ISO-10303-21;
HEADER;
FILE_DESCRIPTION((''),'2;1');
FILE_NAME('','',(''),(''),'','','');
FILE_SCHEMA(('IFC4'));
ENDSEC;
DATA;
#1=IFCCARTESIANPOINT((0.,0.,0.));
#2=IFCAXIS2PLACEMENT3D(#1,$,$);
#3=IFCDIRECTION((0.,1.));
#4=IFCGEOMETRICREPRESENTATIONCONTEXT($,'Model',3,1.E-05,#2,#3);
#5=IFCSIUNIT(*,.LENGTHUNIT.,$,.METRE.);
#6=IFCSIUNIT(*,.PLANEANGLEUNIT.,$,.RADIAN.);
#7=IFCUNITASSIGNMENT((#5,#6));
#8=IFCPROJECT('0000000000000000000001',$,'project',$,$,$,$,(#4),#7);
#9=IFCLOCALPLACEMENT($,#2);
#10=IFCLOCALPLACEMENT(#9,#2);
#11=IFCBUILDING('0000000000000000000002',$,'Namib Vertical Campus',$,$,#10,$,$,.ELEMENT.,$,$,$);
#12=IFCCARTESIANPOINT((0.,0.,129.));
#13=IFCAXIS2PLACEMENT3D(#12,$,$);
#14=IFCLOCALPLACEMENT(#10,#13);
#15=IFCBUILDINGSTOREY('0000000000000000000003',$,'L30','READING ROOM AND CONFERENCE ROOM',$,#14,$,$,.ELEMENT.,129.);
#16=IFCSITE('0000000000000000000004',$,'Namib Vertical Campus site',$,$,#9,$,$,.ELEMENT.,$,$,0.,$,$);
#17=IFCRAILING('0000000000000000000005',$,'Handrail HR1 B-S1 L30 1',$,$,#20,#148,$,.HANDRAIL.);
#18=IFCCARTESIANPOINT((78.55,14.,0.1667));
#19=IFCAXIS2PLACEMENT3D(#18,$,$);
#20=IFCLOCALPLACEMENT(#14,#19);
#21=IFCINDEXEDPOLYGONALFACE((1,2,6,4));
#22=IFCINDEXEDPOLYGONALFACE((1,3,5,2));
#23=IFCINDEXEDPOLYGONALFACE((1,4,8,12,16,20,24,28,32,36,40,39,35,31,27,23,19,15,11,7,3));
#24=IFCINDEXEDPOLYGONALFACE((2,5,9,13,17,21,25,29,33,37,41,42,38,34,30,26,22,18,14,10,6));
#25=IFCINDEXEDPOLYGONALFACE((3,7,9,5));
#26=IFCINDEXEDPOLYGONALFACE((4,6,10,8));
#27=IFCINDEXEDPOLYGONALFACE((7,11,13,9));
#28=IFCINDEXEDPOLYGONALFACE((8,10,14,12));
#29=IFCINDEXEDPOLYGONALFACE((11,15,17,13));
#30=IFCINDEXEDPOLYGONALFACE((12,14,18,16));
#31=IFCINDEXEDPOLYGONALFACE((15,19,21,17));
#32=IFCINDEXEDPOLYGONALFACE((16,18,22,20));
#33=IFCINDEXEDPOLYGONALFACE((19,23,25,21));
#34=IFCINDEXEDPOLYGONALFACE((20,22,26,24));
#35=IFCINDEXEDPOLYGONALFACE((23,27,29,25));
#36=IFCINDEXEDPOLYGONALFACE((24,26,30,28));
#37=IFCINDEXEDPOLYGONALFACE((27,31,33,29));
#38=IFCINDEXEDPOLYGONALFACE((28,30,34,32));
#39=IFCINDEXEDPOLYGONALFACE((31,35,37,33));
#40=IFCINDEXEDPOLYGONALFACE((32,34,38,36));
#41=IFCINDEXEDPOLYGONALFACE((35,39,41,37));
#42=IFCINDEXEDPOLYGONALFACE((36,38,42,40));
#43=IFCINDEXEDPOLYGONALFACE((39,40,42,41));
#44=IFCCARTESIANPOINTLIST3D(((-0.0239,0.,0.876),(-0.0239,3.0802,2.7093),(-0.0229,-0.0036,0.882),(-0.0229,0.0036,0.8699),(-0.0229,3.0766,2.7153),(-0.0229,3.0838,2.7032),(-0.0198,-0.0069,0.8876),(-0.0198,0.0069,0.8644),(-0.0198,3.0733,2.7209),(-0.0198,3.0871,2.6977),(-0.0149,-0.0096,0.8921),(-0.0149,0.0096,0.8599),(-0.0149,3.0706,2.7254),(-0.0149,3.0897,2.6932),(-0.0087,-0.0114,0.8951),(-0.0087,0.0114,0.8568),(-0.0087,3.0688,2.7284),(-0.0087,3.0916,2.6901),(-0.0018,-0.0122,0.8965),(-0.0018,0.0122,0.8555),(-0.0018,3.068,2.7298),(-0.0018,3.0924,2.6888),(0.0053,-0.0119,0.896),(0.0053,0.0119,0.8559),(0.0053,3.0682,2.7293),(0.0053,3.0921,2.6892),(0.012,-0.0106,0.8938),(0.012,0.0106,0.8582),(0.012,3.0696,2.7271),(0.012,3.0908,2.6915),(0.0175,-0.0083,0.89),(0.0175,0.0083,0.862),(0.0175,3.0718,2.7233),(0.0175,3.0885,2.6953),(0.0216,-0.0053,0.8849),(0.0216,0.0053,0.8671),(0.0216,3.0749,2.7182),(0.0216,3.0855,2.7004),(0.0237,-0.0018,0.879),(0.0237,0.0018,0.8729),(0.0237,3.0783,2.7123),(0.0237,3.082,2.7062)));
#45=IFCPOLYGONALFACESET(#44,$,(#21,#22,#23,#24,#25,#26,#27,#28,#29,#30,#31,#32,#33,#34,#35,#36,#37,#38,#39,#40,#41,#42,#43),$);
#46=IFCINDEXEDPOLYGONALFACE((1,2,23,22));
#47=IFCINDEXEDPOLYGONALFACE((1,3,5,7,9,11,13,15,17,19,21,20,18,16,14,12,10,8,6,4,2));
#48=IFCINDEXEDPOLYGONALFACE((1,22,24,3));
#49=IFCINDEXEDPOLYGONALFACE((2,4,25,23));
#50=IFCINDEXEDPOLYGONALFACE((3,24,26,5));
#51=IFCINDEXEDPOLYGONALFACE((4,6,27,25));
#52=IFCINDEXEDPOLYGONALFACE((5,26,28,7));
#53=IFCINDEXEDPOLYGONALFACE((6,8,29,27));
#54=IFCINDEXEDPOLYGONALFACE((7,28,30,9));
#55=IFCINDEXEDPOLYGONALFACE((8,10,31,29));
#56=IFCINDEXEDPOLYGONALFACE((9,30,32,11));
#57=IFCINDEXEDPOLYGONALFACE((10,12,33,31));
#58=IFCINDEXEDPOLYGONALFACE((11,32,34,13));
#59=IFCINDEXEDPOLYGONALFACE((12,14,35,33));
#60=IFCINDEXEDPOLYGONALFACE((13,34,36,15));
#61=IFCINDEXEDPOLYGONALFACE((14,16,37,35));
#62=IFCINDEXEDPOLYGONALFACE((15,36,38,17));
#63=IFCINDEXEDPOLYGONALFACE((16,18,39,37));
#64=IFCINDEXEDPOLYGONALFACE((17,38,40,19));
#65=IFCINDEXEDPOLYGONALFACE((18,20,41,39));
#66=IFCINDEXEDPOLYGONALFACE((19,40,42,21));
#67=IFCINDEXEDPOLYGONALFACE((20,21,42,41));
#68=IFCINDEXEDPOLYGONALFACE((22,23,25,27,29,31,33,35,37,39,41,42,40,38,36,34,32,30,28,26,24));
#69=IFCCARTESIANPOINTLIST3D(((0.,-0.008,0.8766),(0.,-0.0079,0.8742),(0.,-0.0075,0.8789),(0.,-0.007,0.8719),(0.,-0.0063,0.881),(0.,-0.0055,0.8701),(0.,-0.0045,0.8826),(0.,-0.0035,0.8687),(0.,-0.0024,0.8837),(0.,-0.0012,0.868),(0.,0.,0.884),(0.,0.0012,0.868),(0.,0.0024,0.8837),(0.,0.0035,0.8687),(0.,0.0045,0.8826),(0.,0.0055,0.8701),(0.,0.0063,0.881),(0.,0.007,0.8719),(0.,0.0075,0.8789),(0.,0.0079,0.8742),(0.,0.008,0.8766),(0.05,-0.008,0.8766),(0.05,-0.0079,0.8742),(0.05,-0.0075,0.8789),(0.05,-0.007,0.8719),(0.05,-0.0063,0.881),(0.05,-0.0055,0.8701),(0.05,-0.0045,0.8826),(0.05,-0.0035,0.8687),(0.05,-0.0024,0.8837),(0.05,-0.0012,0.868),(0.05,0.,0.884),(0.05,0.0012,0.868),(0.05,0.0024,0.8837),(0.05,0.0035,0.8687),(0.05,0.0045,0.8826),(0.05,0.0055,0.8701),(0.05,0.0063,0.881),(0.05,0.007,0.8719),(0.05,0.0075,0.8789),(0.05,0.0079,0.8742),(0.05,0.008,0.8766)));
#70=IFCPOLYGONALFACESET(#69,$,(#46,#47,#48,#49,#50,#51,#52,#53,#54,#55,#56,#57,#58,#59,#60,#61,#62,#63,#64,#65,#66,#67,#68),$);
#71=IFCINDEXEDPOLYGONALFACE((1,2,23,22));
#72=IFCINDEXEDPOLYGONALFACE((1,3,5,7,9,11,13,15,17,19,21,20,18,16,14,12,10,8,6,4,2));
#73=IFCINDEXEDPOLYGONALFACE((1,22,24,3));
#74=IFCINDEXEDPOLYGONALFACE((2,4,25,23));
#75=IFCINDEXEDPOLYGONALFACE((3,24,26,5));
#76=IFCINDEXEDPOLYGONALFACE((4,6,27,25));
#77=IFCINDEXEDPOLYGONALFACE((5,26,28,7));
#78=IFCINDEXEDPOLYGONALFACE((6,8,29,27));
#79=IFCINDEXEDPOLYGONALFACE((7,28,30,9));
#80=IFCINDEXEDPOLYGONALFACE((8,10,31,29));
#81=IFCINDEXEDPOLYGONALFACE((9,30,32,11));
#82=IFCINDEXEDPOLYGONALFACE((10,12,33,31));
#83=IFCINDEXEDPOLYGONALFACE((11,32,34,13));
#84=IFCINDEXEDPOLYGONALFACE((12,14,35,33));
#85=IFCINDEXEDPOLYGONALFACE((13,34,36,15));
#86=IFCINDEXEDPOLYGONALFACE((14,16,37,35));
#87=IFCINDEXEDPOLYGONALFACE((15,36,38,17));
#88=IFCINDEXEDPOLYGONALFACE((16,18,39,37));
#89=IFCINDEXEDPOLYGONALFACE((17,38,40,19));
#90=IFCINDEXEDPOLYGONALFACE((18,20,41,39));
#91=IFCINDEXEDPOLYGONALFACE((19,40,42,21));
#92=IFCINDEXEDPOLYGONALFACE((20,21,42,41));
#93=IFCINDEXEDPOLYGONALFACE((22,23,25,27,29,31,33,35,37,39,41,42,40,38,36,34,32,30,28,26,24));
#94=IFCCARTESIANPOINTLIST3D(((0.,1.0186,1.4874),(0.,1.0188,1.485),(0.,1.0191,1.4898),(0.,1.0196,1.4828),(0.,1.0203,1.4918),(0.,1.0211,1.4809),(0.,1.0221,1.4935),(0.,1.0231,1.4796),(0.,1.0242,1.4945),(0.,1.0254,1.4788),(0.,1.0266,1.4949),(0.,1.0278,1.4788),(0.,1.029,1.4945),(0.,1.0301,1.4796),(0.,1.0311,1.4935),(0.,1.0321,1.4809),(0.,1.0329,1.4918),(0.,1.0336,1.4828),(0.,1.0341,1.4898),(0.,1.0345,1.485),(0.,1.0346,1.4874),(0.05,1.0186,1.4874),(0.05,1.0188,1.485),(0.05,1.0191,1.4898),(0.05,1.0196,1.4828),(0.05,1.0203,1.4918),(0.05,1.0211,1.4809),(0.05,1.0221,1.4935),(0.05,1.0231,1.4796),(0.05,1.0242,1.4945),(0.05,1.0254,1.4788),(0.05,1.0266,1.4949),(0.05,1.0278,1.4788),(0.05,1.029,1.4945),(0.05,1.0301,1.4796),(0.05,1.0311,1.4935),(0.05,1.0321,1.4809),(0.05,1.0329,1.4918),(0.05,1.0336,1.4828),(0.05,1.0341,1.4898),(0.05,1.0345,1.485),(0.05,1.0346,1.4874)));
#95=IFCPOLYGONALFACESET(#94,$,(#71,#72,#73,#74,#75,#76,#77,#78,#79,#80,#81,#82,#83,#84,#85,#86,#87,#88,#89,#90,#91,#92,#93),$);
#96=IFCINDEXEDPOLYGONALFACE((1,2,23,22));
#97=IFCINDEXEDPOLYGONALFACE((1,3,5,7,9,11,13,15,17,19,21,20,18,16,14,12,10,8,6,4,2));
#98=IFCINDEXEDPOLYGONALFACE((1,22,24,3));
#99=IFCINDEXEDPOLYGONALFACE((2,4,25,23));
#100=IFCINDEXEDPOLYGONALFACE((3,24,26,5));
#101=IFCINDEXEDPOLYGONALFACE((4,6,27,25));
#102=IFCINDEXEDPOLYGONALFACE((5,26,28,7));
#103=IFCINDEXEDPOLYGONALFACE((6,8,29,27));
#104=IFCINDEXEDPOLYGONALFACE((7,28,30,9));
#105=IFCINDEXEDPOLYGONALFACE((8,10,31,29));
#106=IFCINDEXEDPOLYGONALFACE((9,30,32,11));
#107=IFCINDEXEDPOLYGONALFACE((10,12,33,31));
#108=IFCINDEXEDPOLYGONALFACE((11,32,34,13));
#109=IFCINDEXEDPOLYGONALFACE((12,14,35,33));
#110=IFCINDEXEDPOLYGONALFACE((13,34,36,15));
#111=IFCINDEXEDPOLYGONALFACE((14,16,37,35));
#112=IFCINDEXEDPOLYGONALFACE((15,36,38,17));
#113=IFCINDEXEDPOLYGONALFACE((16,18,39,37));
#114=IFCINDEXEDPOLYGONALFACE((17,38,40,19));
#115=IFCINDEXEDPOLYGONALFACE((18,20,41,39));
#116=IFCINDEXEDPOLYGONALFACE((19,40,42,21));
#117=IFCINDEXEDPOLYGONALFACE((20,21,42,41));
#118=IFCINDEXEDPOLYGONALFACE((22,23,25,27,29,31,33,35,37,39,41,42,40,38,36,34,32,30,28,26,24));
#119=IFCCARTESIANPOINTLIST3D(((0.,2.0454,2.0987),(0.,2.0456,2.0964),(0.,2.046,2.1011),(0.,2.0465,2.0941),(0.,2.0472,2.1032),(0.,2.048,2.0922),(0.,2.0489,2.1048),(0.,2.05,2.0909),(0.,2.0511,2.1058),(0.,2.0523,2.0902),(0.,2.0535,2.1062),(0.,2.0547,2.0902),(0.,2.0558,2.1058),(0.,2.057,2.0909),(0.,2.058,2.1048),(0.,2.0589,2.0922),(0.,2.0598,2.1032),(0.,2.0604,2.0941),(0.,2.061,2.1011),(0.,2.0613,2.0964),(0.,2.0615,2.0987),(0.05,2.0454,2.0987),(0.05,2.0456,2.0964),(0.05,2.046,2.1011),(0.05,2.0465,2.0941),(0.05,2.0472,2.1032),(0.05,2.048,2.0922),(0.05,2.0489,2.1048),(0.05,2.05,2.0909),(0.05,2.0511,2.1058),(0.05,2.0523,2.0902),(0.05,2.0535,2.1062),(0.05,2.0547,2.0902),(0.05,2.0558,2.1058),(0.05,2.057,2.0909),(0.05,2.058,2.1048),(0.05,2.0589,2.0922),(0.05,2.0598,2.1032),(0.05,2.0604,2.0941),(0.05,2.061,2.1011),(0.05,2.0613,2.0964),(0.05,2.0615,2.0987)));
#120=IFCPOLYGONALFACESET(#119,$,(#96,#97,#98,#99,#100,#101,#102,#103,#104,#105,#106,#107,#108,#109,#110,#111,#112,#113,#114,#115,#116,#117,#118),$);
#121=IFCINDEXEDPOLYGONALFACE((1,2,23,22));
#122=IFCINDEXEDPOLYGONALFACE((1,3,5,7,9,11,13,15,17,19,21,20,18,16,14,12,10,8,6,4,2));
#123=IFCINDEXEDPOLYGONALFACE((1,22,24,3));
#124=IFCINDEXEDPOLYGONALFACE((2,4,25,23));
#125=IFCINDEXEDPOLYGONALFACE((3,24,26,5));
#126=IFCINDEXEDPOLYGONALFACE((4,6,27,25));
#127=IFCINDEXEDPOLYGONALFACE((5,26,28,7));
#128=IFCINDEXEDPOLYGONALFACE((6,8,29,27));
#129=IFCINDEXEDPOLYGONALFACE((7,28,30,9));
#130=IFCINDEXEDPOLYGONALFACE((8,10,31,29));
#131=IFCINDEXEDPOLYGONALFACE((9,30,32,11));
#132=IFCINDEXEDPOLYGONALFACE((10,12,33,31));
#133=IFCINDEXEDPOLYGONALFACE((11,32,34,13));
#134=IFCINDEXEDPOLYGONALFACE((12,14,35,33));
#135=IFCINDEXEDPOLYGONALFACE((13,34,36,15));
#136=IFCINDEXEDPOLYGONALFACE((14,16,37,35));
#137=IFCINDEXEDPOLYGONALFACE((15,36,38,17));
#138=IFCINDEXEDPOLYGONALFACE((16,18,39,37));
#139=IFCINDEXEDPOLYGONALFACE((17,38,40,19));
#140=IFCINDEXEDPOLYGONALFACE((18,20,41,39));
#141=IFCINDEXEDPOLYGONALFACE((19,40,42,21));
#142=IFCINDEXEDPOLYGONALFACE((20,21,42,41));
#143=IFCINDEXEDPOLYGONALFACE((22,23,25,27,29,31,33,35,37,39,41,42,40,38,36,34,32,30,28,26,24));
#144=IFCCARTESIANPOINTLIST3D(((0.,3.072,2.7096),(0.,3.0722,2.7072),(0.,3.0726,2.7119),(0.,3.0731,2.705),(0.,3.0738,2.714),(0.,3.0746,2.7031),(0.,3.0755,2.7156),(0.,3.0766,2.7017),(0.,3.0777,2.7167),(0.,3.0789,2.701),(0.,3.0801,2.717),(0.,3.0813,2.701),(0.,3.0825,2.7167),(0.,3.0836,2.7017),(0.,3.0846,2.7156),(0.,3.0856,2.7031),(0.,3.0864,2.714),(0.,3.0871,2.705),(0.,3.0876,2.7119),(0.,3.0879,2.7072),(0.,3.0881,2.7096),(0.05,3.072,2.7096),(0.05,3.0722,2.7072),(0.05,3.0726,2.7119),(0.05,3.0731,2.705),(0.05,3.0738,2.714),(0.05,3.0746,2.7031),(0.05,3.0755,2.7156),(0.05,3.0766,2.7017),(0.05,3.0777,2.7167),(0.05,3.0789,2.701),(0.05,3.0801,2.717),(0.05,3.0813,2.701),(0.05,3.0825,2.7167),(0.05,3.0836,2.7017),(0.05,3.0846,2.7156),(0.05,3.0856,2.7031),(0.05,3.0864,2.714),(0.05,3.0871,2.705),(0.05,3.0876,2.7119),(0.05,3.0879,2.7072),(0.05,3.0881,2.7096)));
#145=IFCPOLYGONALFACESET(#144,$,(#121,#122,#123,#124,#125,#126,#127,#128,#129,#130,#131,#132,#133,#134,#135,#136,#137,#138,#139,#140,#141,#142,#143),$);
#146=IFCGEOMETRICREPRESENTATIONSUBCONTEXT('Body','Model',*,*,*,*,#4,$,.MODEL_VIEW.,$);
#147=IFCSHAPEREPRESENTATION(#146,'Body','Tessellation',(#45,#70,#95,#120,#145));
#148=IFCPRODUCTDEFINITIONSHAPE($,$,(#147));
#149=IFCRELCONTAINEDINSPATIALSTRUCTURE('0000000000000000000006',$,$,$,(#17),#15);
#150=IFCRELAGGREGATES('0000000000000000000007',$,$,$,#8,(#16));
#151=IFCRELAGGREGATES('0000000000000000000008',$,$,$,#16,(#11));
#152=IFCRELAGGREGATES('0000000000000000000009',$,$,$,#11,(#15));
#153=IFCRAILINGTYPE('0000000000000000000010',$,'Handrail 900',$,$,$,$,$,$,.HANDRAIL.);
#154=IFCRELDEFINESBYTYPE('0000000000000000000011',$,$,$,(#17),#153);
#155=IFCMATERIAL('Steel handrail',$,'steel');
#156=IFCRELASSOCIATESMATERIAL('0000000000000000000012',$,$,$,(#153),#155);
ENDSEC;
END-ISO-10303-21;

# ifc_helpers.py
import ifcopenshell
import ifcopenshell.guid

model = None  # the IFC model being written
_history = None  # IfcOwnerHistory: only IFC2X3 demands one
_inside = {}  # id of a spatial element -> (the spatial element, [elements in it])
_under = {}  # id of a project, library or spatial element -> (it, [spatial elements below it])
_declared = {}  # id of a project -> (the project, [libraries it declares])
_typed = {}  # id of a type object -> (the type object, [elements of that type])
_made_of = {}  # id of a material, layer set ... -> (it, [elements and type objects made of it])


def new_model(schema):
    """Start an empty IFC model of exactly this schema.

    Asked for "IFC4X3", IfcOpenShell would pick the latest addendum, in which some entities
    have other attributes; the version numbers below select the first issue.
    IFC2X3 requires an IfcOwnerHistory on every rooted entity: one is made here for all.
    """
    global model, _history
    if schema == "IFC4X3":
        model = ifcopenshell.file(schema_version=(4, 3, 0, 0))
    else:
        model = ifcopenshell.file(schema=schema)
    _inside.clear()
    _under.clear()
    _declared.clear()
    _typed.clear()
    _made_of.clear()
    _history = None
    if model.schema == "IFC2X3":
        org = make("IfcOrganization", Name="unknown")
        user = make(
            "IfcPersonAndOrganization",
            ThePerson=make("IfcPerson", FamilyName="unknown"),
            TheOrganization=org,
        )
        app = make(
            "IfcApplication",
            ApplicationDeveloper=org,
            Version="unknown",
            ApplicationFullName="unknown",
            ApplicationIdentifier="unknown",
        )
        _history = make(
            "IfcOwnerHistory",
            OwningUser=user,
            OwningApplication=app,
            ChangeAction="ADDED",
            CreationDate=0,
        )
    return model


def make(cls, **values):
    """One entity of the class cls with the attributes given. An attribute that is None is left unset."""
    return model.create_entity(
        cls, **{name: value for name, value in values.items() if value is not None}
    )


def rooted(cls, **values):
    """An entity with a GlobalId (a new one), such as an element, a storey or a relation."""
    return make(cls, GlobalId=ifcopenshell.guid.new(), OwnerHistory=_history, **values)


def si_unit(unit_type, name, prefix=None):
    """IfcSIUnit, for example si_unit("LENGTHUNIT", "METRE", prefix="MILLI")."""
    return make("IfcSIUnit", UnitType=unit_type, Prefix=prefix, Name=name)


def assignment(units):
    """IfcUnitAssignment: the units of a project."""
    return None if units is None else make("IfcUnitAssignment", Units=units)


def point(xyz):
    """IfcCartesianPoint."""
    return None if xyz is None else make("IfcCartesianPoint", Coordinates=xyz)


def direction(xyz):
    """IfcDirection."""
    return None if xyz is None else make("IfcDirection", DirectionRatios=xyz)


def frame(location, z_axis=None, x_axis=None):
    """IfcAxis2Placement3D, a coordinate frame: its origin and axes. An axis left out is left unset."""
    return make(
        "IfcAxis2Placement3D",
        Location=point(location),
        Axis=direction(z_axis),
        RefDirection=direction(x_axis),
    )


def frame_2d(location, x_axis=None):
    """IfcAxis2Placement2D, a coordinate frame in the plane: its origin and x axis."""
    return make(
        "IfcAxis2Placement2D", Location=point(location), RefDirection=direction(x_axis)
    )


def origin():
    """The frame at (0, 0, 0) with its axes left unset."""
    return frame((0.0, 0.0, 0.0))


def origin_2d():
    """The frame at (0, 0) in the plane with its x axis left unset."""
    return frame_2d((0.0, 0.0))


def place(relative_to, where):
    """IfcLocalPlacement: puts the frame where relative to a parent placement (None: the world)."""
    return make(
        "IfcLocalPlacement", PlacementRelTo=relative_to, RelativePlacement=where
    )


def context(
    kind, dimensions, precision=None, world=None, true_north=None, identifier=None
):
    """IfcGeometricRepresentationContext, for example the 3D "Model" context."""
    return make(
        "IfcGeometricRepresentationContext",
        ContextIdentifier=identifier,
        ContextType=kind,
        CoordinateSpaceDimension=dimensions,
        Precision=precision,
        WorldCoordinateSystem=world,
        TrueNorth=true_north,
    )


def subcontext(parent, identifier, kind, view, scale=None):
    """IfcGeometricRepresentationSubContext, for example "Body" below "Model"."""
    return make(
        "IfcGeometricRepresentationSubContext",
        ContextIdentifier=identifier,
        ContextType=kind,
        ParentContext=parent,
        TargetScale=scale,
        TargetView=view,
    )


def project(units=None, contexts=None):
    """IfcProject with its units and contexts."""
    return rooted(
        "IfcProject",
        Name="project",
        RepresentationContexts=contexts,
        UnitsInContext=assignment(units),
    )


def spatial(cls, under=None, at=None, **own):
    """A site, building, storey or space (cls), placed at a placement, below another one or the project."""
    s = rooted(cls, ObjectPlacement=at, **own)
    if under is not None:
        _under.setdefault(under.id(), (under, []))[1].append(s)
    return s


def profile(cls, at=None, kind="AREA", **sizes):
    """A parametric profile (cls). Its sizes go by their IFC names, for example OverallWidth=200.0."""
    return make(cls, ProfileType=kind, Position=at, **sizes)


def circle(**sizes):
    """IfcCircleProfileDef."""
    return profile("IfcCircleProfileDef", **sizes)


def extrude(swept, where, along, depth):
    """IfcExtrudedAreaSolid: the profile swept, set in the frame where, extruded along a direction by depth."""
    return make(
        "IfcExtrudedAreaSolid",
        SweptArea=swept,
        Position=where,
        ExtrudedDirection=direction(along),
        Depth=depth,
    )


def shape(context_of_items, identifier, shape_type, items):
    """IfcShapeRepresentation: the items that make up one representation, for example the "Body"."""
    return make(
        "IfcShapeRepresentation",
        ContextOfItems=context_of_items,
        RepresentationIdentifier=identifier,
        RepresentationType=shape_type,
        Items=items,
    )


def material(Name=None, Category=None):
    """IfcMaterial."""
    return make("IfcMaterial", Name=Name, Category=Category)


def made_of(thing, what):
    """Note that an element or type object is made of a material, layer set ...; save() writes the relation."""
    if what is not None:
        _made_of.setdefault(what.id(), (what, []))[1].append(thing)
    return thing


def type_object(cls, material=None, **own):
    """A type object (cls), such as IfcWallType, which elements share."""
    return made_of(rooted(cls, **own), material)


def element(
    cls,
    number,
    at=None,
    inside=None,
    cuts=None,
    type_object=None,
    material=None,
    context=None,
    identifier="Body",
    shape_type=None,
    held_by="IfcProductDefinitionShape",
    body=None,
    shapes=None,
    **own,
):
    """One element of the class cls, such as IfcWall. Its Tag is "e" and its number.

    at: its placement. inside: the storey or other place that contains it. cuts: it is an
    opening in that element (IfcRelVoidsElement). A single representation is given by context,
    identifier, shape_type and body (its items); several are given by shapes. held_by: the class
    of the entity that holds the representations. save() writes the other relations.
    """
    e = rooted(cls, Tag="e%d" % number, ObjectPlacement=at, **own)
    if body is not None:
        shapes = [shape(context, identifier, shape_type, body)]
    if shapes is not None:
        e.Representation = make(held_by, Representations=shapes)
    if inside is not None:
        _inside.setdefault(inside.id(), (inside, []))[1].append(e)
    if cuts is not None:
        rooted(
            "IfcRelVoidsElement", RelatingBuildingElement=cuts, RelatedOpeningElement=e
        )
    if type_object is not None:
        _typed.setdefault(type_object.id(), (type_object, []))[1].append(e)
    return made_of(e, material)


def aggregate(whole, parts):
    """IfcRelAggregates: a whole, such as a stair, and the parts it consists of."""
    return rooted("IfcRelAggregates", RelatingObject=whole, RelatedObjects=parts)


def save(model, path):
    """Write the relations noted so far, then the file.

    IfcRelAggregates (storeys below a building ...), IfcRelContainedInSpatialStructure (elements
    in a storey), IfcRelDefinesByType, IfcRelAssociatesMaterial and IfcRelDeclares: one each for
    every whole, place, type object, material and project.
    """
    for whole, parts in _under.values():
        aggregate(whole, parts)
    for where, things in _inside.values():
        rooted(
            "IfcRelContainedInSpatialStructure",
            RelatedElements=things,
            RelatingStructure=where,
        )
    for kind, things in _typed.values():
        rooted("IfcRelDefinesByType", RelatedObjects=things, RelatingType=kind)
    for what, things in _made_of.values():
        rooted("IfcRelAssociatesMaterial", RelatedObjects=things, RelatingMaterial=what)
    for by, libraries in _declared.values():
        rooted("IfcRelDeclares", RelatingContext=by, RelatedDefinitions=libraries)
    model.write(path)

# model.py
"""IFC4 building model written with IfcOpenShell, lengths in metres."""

from ifc_helpers import new_model, si_unit, direction, frame, origin, origin_2d, place, context, subcontext, project, spatial, circle, extrude, material, type_object, element, save


model = new_model("IFC4")

# Units and contexts
model_context = context("Model", 3, precision=1e-05, world=origin(), true_north=direction((0.0, 1.0)))
body_context = subcontext(model_context, "Body", "Model", "MODEL_VIEW")
ifc_project = project(units=[si_unit("LENGTHUNIT", "METRE"), si_unit("PLANEANGLEUNIT", "RADIAN")], contexts=[model_context])

# Site, building, storey
site_placement = place(None, origin())
site = spatial("IfcSite", under=ifc_project, at=site_placement, Name="Namib Vertical Campus site", CompositionType="ELEMENT", RefElevation=0.0)
building_placement = place(site_placement, origin())
building = spatial("IfcBuilding", under=site, at=building_placement, Name="Namib Vertical Campus", CompositionType="ELEMENT")
storey_placement = place(building_placement, frame((0.0, 0.0, 129.0)))
storey = spatial("IfcBuildingStorey", under=building, at=storey_placement, Name="L30", Description="READING ROOM AND CONFERENCE ROOM", CompositionType="ELEMENT", Elevation=129.0)

# Railing
ifc_material_1 = material(Name="Steel handrail", Category="steel")
railing_type_1 = type_object("IfcRailingType", Name="Handrail 900", PredefinedType="HANDRAIL", material=ifc_material_1)
railing_1_placement = place(storey_placement, frame((78.55, 14.0, 0.1667)))
element("IfcRailing", 1, at=railing_1_placement, inside=storey, type_object=railing_type_1, Name="Handrail HR1 B-S1 L30 1", PredefinedType="HANDRAIL", context=body_context, shape_type="SweptSolid", body=[
    extrude(circle(Radius=0.0239, at=origin_2d()), frame((0.0, 0.0, 0.876), z_axis=(0.0, 0.859309, 0.511458), x_axis=(-1.0, 0.0, 0.0)), (0.0, 0.0, 1.0), 3.5845),
    extrude(circle(Radius=0.0081, at=origin_2d()), frame((0.0, 0.0, 0.876), z_axis=(1.0, 0.0, 0.0), x_axis=(0.0, 0.0, 1.0)), (0.0, 0.0, 1.0), 0.05),
    extrude(circle(Radius=0.0081, at=origin_2d()), frame((0.0, 1.0266, 1.4868), z_axis=(1.0, 0.0, 0.0), x_axis=(0.0, 0.0, 1.0)), (0.0, 0.0, 1.0), 0.05),
    extrude(circle(Radius=0.0081, at=origin_2d()), frame((0.0, 2.0535, 2.0981), z_axis=(1.0, 0.0, 0.0), x_axis=(0.0, 0.0, 1.0)), (0.0, 0.0, 1.0), 0.05),
    extrude(circle(Radius=0.0081, at=origin_2d()), frame((0.0, 3.0801, 2.709), z_axis=(1.0, 0.0, 0.0), x_axis=(0.0, 0.0, 1.0)), (0.0, 0.0, 1.0), 0.05),
])

save(model, "model.ifc")
